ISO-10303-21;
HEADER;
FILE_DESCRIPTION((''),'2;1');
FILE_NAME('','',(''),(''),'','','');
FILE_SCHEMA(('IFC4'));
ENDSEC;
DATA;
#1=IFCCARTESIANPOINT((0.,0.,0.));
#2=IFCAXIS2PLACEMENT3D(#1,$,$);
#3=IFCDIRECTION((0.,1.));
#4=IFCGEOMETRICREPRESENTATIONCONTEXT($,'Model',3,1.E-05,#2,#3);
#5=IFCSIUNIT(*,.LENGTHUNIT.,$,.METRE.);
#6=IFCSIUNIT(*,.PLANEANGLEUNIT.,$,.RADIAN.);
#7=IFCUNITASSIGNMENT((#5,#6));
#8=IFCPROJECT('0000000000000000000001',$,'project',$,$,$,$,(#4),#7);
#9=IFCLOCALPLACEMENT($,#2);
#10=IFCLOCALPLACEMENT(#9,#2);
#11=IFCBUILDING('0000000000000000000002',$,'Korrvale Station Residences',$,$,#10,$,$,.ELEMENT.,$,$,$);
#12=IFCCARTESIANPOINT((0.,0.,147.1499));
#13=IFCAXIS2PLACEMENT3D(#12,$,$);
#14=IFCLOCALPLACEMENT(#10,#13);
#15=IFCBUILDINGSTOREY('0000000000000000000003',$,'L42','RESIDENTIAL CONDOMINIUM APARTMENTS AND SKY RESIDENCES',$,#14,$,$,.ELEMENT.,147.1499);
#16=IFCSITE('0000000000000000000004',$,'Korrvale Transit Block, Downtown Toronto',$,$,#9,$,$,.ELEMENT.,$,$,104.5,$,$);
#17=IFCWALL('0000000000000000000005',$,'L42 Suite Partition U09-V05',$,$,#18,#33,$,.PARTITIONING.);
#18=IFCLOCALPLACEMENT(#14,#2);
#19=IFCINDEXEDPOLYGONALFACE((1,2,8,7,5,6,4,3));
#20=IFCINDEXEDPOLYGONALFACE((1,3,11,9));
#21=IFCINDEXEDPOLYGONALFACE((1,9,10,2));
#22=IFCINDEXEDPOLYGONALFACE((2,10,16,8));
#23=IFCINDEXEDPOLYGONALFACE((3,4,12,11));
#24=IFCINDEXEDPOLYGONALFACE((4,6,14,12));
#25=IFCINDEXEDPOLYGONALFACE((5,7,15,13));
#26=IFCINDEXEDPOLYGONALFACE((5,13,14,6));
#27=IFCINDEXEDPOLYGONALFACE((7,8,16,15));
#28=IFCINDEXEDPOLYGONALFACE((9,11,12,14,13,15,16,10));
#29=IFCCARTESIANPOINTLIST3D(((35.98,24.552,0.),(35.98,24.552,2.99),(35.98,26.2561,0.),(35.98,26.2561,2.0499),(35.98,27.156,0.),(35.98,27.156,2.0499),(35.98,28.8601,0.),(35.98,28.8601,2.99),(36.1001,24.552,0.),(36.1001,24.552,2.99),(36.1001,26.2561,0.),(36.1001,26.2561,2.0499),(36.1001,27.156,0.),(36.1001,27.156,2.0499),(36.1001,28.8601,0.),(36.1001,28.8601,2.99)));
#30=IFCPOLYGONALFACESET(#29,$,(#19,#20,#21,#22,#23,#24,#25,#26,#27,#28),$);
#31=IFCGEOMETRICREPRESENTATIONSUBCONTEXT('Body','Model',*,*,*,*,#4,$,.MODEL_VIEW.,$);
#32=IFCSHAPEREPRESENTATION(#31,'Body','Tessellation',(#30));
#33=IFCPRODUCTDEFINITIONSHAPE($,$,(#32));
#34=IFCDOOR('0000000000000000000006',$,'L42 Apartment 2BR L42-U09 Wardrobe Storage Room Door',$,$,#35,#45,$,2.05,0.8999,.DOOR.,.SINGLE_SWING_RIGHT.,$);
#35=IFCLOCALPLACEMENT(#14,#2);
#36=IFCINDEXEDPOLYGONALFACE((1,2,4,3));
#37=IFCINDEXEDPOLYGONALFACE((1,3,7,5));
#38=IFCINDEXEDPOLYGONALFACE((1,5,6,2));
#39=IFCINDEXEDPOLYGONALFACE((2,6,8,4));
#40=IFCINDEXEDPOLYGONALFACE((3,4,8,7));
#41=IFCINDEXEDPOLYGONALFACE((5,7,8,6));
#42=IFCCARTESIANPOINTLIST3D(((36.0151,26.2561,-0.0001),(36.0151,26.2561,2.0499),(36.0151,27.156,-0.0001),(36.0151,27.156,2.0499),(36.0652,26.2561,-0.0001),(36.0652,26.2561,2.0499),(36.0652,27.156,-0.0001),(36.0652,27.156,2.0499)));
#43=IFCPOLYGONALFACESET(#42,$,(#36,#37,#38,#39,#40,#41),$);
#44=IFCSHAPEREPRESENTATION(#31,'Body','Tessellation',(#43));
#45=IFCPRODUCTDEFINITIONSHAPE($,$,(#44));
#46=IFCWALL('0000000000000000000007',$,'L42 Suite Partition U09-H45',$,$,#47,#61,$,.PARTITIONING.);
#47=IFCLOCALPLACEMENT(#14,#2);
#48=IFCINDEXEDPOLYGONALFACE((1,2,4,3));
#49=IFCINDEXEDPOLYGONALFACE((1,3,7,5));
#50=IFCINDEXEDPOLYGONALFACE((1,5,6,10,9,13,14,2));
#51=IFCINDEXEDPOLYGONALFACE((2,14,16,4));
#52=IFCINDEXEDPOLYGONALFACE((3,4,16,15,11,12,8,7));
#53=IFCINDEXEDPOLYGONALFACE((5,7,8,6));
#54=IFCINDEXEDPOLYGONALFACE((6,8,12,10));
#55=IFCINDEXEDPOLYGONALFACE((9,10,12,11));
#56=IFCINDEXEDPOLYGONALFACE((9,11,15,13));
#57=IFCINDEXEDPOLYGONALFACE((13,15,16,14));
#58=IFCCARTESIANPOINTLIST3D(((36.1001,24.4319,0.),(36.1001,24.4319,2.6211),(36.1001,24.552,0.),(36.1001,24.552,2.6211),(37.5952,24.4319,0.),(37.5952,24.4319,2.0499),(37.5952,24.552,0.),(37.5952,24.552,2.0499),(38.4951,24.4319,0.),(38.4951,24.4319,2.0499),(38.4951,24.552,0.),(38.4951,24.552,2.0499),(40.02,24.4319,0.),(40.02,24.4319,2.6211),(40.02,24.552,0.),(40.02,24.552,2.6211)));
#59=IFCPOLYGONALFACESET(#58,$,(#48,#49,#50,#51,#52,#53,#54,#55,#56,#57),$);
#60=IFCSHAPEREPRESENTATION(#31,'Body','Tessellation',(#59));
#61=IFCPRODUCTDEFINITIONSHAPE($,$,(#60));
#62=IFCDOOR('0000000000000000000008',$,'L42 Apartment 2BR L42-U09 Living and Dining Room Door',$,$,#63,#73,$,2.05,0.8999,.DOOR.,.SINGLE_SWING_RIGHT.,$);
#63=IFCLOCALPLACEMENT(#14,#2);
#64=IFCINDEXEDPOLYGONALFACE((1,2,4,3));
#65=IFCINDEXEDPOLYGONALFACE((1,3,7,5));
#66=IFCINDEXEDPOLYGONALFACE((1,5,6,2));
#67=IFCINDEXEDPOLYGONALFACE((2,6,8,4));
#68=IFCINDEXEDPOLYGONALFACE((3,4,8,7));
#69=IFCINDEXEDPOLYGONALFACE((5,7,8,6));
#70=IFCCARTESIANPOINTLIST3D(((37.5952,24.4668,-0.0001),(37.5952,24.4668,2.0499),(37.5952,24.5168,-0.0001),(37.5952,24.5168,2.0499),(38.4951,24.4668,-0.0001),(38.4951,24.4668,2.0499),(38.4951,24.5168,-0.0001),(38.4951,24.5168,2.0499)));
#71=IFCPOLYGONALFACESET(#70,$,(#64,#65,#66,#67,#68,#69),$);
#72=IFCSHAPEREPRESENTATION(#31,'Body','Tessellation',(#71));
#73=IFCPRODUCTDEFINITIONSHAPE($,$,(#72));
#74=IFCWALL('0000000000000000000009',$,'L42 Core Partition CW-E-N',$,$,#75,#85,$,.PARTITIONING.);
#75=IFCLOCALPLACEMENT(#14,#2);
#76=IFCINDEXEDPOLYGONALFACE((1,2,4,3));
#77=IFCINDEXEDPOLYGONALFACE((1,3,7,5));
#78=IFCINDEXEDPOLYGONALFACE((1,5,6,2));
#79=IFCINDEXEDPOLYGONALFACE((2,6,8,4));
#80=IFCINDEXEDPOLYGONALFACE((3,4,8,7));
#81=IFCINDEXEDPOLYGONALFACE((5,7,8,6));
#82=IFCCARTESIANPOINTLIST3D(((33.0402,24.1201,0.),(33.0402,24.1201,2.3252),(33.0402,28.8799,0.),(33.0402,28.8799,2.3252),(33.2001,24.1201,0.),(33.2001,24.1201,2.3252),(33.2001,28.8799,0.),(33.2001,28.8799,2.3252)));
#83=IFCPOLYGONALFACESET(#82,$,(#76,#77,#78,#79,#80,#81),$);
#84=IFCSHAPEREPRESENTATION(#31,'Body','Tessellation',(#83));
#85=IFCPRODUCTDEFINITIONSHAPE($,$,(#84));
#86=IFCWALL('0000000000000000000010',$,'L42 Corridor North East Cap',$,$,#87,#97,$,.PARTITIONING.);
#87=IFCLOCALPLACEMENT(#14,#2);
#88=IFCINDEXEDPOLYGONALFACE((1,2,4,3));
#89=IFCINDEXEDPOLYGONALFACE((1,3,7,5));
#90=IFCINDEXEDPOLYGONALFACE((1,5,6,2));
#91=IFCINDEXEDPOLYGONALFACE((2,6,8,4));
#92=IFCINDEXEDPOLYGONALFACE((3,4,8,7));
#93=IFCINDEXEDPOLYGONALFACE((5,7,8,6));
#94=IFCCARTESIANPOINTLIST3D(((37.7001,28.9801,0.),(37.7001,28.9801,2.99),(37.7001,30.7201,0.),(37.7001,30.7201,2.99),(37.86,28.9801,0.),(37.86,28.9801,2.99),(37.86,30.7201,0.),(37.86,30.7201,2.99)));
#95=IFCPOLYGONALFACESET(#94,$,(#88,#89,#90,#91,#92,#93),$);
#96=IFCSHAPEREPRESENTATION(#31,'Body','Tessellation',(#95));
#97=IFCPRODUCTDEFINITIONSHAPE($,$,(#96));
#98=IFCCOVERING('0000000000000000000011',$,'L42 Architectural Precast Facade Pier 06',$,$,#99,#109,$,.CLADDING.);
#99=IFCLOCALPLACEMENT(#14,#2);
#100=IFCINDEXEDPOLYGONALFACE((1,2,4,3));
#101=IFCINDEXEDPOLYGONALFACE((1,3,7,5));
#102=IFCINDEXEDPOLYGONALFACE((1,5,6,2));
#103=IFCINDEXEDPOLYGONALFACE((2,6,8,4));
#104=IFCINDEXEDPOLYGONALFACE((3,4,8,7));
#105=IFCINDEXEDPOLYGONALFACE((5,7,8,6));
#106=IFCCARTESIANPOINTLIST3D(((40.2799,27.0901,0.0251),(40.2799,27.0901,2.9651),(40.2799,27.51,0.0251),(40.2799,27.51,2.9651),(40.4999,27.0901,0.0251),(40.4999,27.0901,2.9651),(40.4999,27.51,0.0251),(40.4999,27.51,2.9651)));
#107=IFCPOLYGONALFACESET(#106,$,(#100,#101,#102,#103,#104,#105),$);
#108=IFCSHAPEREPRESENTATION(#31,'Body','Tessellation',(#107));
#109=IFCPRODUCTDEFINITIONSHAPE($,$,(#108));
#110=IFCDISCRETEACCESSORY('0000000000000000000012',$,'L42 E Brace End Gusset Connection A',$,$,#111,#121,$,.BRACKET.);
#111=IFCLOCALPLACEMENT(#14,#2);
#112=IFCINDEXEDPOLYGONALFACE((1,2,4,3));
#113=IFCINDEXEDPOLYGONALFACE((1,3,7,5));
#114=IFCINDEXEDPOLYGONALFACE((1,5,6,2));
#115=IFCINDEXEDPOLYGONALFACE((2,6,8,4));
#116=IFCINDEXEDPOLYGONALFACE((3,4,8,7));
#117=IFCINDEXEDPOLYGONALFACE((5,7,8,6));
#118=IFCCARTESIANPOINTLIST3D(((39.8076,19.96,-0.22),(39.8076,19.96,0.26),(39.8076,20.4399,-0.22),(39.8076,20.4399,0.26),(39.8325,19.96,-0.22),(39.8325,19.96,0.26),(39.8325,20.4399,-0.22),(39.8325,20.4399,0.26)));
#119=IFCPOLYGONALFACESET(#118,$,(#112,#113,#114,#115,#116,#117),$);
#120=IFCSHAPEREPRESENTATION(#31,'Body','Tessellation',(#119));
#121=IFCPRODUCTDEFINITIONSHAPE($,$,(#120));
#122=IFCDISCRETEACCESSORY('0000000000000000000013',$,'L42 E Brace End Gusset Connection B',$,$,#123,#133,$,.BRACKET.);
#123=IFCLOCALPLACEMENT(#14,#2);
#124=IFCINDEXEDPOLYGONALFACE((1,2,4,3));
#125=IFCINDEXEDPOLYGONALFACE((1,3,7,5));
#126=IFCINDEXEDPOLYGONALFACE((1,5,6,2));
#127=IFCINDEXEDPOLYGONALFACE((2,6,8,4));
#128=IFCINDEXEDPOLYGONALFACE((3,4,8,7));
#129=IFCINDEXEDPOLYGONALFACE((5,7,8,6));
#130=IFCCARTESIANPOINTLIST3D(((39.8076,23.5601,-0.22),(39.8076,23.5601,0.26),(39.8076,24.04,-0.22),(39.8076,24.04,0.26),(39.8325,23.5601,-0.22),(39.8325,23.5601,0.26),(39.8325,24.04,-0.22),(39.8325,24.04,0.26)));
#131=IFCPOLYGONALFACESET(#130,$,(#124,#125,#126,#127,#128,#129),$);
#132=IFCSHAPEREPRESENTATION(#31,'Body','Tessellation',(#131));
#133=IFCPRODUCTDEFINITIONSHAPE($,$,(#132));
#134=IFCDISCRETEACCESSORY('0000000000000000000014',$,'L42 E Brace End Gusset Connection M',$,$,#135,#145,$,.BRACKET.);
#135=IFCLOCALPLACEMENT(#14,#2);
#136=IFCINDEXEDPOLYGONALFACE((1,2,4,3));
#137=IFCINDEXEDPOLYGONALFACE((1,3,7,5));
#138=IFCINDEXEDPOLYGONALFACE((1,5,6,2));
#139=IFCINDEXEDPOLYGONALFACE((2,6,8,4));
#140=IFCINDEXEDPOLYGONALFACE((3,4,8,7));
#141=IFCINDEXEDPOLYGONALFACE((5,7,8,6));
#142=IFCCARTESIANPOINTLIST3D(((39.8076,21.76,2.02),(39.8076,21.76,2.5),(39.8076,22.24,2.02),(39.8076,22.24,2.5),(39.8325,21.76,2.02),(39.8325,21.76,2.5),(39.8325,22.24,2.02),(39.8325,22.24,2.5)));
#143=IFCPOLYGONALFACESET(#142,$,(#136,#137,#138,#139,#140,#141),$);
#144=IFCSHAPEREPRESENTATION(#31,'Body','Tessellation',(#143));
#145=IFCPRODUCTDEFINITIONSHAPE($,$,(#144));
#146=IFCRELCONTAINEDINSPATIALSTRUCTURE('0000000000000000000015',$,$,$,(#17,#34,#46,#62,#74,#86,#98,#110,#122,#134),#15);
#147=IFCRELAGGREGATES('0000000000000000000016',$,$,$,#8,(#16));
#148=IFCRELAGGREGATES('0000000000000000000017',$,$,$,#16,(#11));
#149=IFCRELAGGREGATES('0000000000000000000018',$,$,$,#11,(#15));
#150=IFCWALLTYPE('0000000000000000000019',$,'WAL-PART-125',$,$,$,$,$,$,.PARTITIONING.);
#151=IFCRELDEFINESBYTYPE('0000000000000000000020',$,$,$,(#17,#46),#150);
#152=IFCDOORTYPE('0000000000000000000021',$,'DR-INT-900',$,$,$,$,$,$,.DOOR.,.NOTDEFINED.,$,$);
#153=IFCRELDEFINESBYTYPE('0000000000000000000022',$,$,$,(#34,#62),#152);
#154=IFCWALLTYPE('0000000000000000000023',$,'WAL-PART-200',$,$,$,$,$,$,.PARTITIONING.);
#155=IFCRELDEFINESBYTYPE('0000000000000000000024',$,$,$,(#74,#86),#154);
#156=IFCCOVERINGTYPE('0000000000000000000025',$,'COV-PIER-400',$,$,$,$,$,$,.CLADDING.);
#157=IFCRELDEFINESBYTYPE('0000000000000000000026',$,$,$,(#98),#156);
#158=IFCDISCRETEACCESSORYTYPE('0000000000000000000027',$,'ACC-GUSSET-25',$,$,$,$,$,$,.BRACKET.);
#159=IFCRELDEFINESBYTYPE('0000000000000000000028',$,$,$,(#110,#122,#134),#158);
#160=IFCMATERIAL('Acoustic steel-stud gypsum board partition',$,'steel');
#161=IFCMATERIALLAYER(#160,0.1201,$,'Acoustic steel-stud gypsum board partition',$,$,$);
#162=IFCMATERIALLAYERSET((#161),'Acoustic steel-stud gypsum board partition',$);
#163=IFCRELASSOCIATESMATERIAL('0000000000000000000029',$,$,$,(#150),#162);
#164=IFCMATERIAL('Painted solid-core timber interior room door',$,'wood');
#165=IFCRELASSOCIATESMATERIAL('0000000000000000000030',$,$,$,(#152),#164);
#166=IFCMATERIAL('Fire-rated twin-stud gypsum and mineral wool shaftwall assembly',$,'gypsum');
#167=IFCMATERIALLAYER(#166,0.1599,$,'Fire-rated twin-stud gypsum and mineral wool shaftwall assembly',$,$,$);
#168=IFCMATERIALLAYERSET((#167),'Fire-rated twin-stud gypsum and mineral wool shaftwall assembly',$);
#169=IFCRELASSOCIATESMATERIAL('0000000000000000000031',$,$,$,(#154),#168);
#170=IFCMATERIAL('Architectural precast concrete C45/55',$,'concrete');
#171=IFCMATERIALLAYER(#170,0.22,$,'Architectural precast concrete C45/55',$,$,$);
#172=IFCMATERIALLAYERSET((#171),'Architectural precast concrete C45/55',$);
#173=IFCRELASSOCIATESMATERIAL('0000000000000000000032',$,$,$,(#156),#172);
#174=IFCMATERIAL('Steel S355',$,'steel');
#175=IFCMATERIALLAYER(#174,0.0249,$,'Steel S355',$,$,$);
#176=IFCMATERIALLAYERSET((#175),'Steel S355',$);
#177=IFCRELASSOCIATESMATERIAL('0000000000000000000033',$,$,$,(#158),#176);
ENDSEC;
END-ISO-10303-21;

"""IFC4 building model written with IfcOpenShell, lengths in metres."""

from ifc_helpers import new_model, si_unit, direction, frame, frame_2d, origin, origin_2d, place, context, subcontext, project, spatial, rectangle, extrude, material, layer, layer_set, type_object, element, fill, save


model = new_model("IFC4")

# Units and contexts
model_context = context("Model", 3, precision=1e-05, world=origin(), true_north=direction((0.0, 1.0)))
body_context = subcontext(model_context, "Body", "Model", "MODEL_VIEW")
ifc_project = project(units=[si_unit("LENGTHUNIT", "METRE"), si_unit("PLANEANGLEUNIT", "RADIAN")], contexts=[model_context])

# Site, building, storey
site_placement = place(None, origin())
site = spatial("IfcSite", under=ifc_project, at=site_placement, Name="Korrvale Transit Block, Downtown Toronto", CompositionType="ELEMENT", RefElevation=104.5)
building_placement = place(site_placement, origin())
building = spatial("IfcBuilding", under=site, at=building_placement, Name="Korrvale Station Residences", CompositionType="ELEMENT")
storey_placement = place(building_placement, frame((0.0, 0.0, 147.1499)))
storey = spatial("IfcBuildingStorey", under=building, at=storey_placement, Name="L42", Description="RESIDENTIAL CONDOMINIUM APARTMENTS AND SKY RESIDENCES", CompositionType="ELEMENT", Elevation=147.1499)

# Shared definitions
ifc_material_1 = material(Name="Steel S355", Category="steel")

# Shared definitions
ifc_material_2 = material(Name="Acoustic steel-stud gypsum board partition", Category="steel")
ifc_layer_1 = layer(ifc_material_2, 0.1201, Name="Acoustic steel-stud gypsum board partition")
ifc_layer_set_1 = layer_set([ifc_layer_1], Name="Acoustic steel-stud gypsum board partition")
wall_type_1 = type_object("IfcWallType", Name="WAL-PART-125", PredefinedType="PARTITIONING", material=ifc_layer_set_1)

# Walls, openings, doors
ifc_material_3 = material(Name="Painted solid-core timber interior room door", Category="wood")
door_type = type_object("IfcDoorType", Name="DR-INT-900", OperationType="NOTDEFINED", PredefinedType="DOOR", material=ifc_material_3)
wall_1_placement = place(storey_placement, frame((36.04, 24.552, 0.0), z_axis=(0.0, 0.0, 1.0), x_axis=(0.0, 1.0, 0.0)))
wall_1 = element("IfcWall", 1, at=wall_1_placement, inside=storey, type_object=wall_type_1, Name="L42 Suite Partition U09-V05", PredefinedType="PARTITIONING", context=body_context, shape_type="SweptSolid", body=[
    extrude(rectangle(XDim=4.3081, YDim=0.1201, at=frame_2d((2.1541, 0.0))), origin(), (0.0, 0.0, 1.0), 2.99),
])
opening_1_placement = place(wall_1_placement, frame((1.7041, 0.0, 0.0)))
opening_1 = element("IfcOpeningElement", 2, at=opening_1_placement, cuts=wall_1, PredefinedType="OPENING", context=body_context, shape_type="SweptSolid", body=[
    extrude(rectangle(XDim=0.8999, YDim=2.05, at=frame_2d((0.45, 1.0249))), frame((0.0, 0.0701, 0.0), z_axis=(0.0, -1.0, 0.0), x_axis=(1.0, 0.0, 0.0)), (0.0, 0.0, 1.0), 0.1401),
])
door_1_placement = place(opening_1_placement, origin())
door_1 = element("IfcDoor", 3, at=door_1_placement, inside=storey, type_object=door_type, Name="L42 Apartment 2BR L42-U09 Wardrobe Storage Room Door", OperationType="SINGLE_SWING_RIGHT", OverallHeight=2.05, OverallWidth=0.8999, PredefinedType="DOOR", context=body_context, shape_type="SweptSolid", body=[
    extrude(rectangle(XDim=0.8999, YDim=2.05, at=frame_2d((0.45, 1.0249))), frame((0.0, 0.0249, 0.0), z_axis=(0.0, -1.0, 0.0), x_axis=(1.0, 0.0, 0.0)), (0.0, 0.0, 1.0), 0.05),
])
fill(opening_1, door_1)
wall_2_placement = place(storey_placement, frame((36.1001, 24.4919, 0.0), z_axis=(0.0, 0.0, 1.0), x_axis=(1.0, 0.0, 0.0)))
wall_2 = element("IfcWall", 4, at=wall_2_placement, inside=storey, type_object=wall_type_1, Name="L42 Suite Partition U09-H45", PredefinedType="PARTITIONING", context=body_context, shape_type="SweptSolid", body=[
    extrude(rectangle(XDim=3.9199, YDim=0.1201, at=frame_2d((1.96, 0.0))), origin(), (0.0, 0.0, 1.0), 2.6211),
])
opening_2_placement = place(wall_2_placement, frame((1.4951, 0.0, 0.0)))
opening_2 = element("IfcOpeningElement", 5, at=opening_2_placement, cuts=wall_2, PredefinedType="OPENING", context=body_context, shape_type="SweptSolid", body=[
    extrude(rectangle(XDim=0.8999, YDim=2.05, at=frame_2d((0.45, 1.0249))), frame((0.0, 0.0701, 0.0), z_axis=(0.0, -1.0, 0.0), x_axis=(1.0, 0.0, 0.0)), (0.0, 0.0, 1.0), 0.1401),
])
door_2_placement = place(opening_2_placement, origin())
door_2 = element("IfcDoor", 6, at=door_2_placement, inside=storey, type_object=door_type, Name="L42 Apartment 2BR L42-U09 Living and Dining Room Door", OperationType="SINGLE_SWING_RIGHT", OverallHeight=2.05, OverallWidth=0.8999, PredefinedType="DOOR", context=body_context, shape_type="SweptSolid", body=[
    extrude(rectangle(XDim=0.8999, YDim=2.05, at=frame_2d((0.45, 1.0249))), frame((0.0, 0.0249, 0.0), z_axis=(0.0, -1.0, 0.0), x_axis=(1.0, 0.0, 0.0)), (0.0, 0.0, 1.0), 0.05),
])
fill(opening_2, door_2)

# Walls
ifc_material_4 = material(Name="Fire-rated twin-stud gypsum and mineral wool shaftwall assembly", Category="gypsum")
ifc_layer_2 = layer(ifc_material_4, 0.1599, Name="Fire-rated twin-stud gypsum and mineral wool shaftwall assembly")
ifc_layer_set_2 = layer_set([ifc_layer_2], Name="Fire-rated twin-stud gypsum and mineral wool shaftwall assembly")
wall_type_2 = type_object("IfcWallType", Name="WAL-PART-200", PredefinedType="PARTITIONING", material=ifc_layer_set_2)
wall_3_placement = place(storey_placement, frame((33.1201, 24.1201, 0.0), z_axis=(0.0, 0.0, 1.0), x_axis=(0.0, 1.0, 0.0)))
element("IfcWall", 7, at=wall_3_placement, inside=storey, type_object=wall_type_2, Name="L42 Core Partition CW-E-N", PredefinedType="PARTITIONING", context=body_context, shape_type="SweptSolid", body=[
    extrude(rectangle(XDim=4.7598, YDim=0.1599, at=frame_2d((2.3799, 0.0))), origin(), (0.0, 0.0, 1.0), 2.3252),
])
wall_4_placement = place(storey_placement, frame((37.78, 28.98, 0.0), z_axis=(0.0, 0.0, 1.0), x_axis=(0.0, 1.0, 0.0)))
element("IfcWall", 8, at=wall_4_placement, inside=storey, type_object=wall_type_2, Name="L42 Corridor North East Cap", PredefinedType="PARTITIONING", context=body_context, shape_type="SweptSolid", body=[
    extrude(rectangle(XDim=1.74, YDim=0.1599, at=frame_2d((0.8701, 0.0))), origin(), (0.0, 0.0, 1.0), 2.99),
])

# Covering
ifc_material_5 = material(Name="Architectural precast concrete C45/55", Category="concrete")
ifc_layer_3 = layer(ifc_material_5, 0.22, Name="Architectural precast concrete C45/55")
ifc_layer_set_3 = layer_set([ifc_layer_3], Name="Architectural precast concrete C45/55")
covering_type = type_object("IfcCoveringType", Name="COV-PIER-400", PredefinedType="CLADDING", material=ifc_layer_set_3)
covering_placement = place(storey_placement, frame((40.3899, 27.3, 0.0251), z_axis=(0.0, 0.0, 1.0), x_axis=(0.0, 1.0, 0.0)))
element("IfcCovering", 9, at=covering_placement, inside=storey, type_object=covering_type, Name="L42 Architectural Precast Facade Pier 06", PredefinedType="CLADDING", context=body_context, shape_type="SweptSolid", body=[
    extrude(rectangle(XDim=0.4199, YDim=0.22, at=origin_2d()), origin(), (0.0, 0.0, 1.0), 2.9399),
])

# Discrete accessories
ifc_layer_4 = layer(ifc_material_1, 0.0249, Name="Steel S355")
ifc_layer_set_4 = layer_set([ifc_layer_4], Name="Steel S355")
discrete_accessory_type = type_object("IfcDiscreteAccessoryType", Name="ACC-GUSSET-25", PredefinedType="BRACKET", material=ifc_layer_set_4)
for number, where, z_axis, x_axis, name in (
    (10, (39.8201, 20.2, -0.22), (0.0, 0.0, 1.0), (0.0, 1.0, 0.0), "L42 E Brace End Gusset Connection A"),
    (11, (39.8201, 23.8, -0.22), (0.0, 0.0, 1.0), (0.0, 1.0, 0.0), "L42 E Brace End Gusset Connection B"),
    (12, (39.8201, 22.0, 2.02), (0.0, 0.0, 1.0), (0.0, 1.0, 0.0), "L42 E Brace End Gusset Connection M"),
):
    element("IfcDiscreteAccessory", number, at=place(storey_placement, frame(where, z_axis=z_axis, x_axis=x_axis)), inside=storey, type_object=discrete_accessory_type, Name=name, PredefinedType="BRACKET", context=body_context, shape_type="SweptSolid", body=[
        extrude(rectangle(XDim=0.48, YDim=0.0249, at=origin_2d()), origin(), (0.0, 0.0, 1.0), 0.48),
    ])

save(model, "model.ifc")
